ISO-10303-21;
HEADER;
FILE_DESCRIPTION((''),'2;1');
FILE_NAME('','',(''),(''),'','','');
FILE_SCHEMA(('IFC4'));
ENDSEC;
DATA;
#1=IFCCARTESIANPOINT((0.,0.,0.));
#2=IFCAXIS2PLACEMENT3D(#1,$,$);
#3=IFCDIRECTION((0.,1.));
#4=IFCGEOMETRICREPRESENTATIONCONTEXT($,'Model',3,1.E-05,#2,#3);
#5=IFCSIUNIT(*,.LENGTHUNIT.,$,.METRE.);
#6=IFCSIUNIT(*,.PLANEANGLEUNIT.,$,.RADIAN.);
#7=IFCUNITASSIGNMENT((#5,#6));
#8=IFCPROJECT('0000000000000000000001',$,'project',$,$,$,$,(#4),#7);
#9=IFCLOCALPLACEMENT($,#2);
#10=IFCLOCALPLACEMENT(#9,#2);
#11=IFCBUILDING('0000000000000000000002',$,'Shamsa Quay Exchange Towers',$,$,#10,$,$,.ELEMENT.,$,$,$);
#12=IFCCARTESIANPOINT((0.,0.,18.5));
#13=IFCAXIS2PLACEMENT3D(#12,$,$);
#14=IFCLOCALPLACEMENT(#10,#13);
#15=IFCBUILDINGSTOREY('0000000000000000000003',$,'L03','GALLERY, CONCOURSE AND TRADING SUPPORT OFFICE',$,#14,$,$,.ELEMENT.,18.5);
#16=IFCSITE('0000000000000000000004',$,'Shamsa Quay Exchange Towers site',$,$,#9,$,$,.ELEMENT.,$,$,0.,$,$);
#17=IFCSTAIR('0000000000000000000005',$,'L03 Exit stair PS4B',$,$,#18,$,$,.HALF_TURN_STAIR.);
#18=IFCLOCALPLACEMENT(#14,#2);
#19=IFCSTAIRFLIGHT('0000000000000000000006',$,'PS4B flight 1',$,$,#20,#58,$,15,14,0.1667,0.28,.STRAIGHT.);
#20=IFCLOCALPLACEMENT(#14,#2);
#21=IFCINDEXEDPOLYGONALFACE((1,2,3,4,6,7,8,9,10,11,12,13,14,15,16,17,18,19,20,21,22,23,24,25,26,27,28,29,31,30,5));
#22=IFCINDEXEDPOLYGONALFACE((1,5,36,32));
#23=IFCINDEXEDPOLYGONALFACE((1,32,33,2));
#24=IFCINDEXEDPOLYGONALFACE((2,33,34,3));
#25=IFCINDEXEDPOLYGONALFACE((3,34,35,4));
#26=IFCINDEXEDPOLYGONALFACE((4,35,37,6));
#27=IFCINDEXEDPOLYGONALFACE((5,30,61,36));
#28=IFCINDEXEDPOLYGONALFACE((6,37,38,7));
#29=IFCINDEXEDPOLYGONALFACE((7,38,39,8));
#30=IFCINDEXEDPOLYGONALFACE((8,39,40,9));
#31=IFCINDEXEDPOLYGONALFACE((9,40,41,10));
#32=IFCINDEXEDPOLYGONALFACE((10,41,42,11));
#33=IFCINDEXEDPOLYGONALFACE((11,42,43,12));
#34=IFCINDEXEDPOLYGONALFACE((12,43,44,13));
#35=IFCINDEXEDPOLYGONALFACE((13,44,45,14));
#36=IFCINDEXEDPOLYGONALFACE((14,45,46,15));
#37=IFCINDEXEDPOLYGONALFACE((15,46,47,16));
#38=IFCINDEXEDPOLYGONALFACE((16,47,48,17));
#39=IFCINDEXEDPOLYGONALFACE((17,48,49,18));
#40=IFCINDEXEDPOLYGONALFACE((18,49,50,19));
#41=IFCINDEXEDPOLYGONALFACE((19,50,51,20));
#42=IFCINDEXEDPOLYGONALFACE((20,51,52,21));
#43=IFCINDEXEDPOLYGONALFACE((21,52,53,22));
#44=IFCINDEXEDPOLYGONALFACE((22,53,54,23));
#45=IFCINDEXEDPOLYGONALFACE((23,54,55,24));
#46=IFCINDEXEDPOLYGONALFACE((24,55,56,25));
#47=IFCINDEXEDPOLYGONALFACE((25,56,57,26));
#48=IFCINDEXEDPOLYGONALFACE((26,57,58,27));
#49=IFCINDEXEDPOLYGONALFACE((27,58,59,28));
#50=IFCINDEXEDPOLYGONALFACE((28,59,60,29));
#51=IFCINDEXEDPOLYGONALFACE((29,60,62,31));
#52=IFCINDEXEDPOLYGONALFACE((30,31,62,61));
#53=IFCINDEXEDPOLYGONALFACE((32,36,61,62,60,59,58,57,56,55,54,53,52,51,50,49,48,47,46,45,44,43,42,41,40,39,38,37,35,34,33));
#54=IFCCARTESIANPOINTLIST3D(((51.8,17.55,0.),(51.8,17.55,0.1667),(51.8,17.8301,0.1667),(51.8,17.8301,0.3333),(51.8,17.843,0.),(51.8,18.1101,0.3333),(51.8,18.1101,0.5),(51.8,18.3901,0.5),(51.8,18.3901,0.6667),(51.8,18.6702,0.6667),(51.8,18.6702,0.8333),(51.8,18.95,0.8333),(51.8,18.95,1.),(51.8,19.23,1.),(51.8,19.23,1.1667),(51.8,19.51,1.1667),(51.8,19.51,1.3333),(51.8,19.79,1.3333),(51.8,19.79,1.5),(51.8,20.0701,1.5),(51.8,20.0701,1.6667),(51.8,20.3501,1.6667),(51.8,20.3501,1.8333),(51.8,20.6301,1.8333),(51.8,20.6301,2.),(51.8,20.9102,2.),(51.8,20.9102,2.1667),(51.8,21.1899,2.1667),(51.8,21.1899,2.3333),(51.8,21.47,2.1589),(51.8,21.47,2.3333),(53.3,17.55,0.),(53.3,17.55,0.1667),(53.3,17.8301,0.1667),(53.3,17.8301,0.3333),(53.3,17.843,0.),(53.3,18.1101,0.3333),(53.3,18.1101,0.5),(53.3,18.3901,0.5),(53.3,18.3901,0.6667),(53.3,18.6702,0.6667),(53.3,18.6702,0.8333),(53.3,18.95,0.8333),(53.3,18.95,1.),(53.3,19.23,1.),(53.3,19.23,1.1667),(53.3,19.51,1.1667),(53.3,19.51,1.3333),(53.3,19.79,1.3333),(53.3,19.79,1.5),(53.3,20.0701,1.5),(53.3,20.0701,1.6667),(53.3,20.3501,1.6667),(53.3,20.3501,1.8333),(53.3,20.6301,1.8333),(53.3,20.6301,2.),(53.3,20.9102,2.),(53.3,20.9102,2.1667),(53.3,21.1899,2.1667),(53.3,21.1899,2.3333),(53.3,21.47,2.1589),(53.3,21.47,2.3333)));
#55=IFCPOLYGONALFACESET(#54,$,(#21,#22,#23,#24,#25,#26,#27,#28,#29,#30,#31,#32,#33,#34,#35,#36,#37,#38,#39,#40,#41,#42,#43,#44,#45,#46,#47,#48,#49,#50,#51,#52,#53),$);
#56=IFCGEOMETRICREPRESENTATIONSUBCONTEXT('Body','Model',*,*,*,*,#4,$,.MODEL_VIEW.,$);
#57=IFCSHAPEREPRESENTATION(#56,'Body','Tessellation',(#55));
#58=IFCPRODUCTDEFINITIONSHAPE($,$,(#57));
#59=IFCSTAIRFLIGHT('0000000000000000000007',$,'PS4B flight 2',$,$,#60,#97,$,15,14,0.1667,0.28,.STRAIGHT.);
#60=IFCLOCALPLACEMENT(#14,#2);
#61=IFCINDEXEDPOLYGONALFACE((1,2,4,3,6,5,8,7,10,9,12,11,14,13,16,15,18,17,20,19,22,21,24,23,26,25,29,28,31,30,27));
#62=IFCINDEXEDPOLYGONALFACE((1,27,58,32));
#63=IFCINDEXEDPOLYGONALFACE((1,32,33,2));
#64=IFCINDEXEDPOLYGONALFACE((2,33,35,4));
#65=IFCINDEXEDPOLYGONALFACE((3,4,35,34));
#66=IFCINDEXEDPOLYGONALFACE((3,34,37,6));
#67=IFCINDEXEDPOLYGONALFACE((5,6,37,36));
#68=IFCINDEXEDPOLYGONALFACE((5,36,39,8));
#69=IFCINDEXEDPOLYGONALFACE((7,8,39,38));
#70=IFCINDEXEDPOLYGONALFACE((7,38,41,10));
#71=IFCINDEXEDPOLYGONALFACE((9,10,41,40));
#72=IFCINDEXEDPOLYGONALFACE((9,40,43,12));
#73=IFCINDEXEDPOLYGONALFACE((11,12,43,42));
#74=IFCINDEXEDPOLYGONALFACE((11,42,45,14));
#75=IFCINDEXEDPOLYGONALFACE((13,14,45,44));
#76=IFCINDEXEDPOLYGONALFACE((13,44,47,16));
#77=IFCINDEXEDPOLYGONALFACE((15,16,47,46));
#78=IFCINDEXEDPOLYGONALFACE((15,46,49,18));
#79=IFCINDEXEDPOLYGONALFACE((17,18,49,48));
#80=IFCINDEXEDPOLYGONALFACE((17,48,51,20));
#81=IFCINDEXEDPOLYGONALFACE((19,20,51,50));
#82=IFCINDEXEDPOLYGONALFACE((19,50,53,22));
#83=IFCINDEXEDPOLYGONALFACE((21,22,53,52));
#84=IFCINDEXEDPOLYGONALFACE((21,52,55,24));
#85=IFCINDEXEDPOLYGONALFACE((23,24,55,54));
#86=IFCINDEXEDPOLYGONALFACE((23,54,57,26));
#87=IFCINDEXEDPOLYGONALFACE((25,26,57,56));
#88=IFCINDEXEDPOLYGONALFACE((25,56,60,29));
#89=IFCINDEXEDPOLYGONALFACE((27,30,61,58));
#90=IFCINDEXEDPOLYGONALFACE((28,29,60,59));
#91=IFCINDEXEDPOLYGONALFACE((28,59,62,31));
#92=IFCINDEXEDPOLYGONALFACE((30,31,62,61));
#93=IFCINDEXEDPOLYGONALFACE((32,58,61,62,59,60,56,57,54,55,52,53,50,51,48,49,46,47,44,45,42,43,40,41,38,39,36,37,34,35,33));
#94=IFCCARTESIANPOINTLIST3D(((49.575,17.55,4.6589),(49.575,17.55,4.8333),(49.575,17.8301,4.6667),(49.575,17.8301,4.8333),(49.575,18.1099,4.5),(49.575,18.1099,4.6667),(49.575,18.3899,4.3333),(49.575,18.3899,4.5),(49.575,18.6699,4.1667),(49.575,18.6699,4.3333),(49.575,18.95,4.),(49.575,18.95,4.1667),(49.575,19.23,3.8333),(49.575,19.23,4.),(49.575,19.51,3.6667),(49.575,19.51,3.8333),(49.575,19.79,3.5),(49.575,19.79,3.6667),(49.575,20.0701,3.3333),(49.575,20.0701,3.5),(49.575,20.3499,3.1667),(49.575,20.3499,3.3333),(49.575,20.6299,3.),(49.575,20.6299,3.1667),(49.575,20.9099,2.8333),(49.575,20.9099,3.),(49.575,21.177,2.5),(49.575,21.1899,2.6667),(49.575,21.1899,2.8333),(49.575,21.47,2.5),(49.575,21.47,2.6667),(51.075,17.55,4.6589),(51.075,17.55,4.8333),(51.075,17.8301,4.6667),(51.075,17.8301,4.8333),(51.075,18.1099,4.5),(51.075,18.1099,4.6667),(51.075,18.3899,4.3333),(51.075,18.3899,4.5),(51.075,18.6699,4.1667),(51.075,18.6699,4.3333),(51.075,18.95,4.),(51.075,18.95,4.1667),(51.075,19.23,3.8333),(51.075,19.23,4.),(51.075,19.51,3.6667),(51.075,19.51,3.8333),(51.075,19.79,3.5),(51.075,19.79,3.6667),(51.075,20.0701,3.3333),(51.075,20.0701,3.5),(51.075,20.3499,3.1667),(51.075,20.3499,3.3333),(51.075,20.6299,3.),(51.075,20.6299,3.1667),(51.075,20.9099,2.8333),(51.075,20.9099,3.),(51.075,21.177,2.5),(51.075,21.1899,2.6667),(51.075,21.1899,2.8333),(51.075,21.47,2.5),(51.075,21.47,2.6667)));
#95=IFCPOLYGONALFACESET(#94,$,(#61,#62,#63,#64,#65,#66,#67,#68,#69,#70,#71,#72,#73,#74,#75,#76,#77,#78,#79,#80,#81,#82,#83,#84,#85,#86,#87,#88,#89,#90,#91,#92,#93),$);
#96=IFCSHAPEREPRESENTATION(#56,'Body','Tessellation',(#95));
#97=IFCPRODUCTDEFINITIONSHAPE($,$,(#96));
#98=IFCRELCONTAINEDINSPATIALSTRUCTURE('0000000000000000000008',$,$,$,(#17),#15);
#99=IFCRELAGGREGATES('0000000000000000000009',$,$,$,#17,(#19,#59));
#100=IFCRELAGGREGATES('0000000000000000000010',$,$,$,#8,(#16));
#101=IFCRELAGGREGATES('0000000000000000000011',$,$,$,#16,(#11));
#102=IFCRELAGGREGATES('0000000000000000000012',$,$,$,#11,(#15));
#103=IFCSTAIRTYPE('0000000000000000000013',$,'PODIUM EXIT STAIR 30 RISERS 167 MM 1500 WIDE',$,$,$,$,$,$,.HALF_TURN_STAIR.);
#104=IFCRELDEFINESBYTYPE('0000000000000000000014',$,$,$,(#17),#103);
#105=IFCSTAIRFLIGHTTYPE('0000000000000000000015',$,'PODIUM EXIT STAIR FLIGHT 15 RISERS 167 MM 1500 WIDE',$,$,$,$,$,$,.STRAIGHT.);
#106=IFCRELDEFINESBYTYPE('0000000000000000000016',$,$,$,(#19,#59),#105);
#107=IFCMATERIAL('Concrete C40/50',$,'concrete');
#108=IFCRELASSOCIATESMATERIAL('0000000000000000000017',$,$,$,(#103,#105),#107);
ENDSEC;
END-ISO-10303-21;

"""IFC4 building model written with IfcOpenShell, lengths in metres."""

from ifc_helpers import new_model, si_unit, direction, frame, origin, place, context, subcontext, project, spatial, polyline, outline, extrude, material, type_object, element, aggregate, save


model = new_model("IFC4")

# Units and contexts
model_context = context("Model", 3, precision=1e-05, world=origin(), true_north=direction((0.0, 1.0)))
body_context = subcontext(model_context, "Body", "Model", "MODEL_VIEW")
ifc_project = project(units=[si_unit("LENGTHUNIT", "METRE"), si_unit("PLANEANGLEUNIT", "RADIAN")], contexts=[model_context])

# Site, building, storey
site_placement = place(None, origin())
site = spatial("IfcSite", under=ifc_project, at=site_placement, Name="Shamsa Quay Exchange Towers site", CompositionType="ELEMENT", RefElevation=0.0)
building_placement = place(site_placement, origin())
building = spatial("IfcBuilding", under=site, at=building_placement, Name="Shamsa Quay Exchange Towers", CompositionType="ELEMENT")
storey_placement = place(building_placement, frame((0.0, 0.0, 18.5)))
storey = spatial("IfcBuildingStorey", under=building, at=storey_placement, Name="L03", Description="GALLERY, CONCOURSE AND TRADING SUPPORT OFFICE", CompositionType="ELEMENT", Elevation=18.5)

# Stair, stair flights
ifc_material_1 = material(Name="Concrete C40/50", Category="concrete")
stair_type = type_object("IfcStairType", Name="PODIUM EXIT STAIR 30 RISERS 167 MM 1500 WIDE", PredefinedType="HALF_TURN_STAIR", material=ifc_material_1)
stair_flight_type = type_object("IfcStairFlightType", Name="PODIUM EXIT STAIR FLIGHT 15 RISERS 167 MM 1500 WIDE", PredefinedType="STRAIGHT", material=ifc_material_1)
stair_1_placement = place(storey_placement, origin())
stair_1 = element("IfcStair", 1, at=stair_1_placement, inside=storey, type_object=stair_type, Name="L03 Exit stair PS4B", PredefinedType="HALF_TURN_STAIR")
stair_flight_1_placement = place(storey_placement, frame((52.55, 17.55, 0.0), z_axis=(0.0, 0.0, 1.0), x_axis=(0.0, 1.0, 0.0)))
stair_flight_1 = element("IfcStairFlight", 2, at=stair_flight_1_placement, type_object=stair_flight_type, Name="PS4B flight 1", NumberOfRisers=15, NumberOfTreads=14, PredefinedType="STRAIGHT", RiserHeight=0.1667, TreadLength=0.28, context=body_context, shape_type="SweptSolid", body=[
    extrude(outline(polyline([(0.0, 0.0), (0.0, 0.1667), (0.28, 0.1667), (0.28, 0.3333), (0.5601, 0.3333), (0.5601, 0.5), (0.8401, 0.5), (0.8401, 0.6667), (1.1201, 0.6667), (1.1201, 0.8333), (1.3999, 0.8333), (1.3999, 1.0), (1.6799, 1.0), (1.6799, 1.1667), (1.96, 1.1667), (1.96, 1.3333), (2.24, 1.3333), (2.24, 1.5), (2.52, 1.5), (2.52, 1.6667), (2.8, 1.6667), (2.8, 1.8333), (3.0801, 1.8333), (3.0801, 2.0), (3.3601, 2.0), (3.3601, 2.1667), (3.6399, 2.1667), (3.6399, 2.3333), (3.9199, 2.3333), (3.9199, 2.5), (3.9199, 2.1589), (0.293, 0.0), (0.0, 0.0)])), frame((0.0, 0.75, 0.0), z_axis=(0.0, -1.0, 0.0), x_axis=(1.0, 0.0, 0.0)), (0.0, 0.0, 1.0), 1.5),
])
stair_flight_2_placement = place(storey_placement, frame((50.325, 21.47, 2.5), z_axis=(0.0, 0.0, 1.0), x_axis=(0.0, -1.0, 0.0)))
stair_flight_2 = element("IfcStairFlight", 3, at=stair_flight_2_placement, type_object=stair_flight_type, Name="PS4B flight 2", NumberOfRisers=15, NumberOfTreads=14, PredefinedType="STRAIGHT", RiserHeight=0.1667, TreadLength=0.28, context=body_context, shape_type="SweptSolid", body=[
    extrude(outline(polyline([(0.0, 0.0), (0.0, 0.1667), (0.28, 0.1667), (0.28, 0.3333), (0.5601, 0.3333), (0.5601, 0.5), (0.8401, 0.5), (0.8401, 0.6667), (1.1201, 0.6667), (1.1201, 0.8333), (1.3999, 0.8333), (1.3999, 1.0), (1.6799, 1.0), (1.6799, 1.1667), (1.96, 1.1667), (1.96, 1.3333), (2.24, 1.3333), (2.24, 1.5), (2.52, 1.5), (2.52, 1.6667), (2.8, 1.6667), (2.8, 1.8333), (3.0801, 1.8333), (3.0801, 2.0), (3.3601, 2.0), (3.3601, 2.1667), (3.6399, 2.1667), (3.6399, 2.3333), (3.9199, 2.3333), (3.9199, 2.5), (3.9199, 2.1589), (0.293, 0.0), (0.0, 0.0)])), frame((0.0, 0.75, 0.0), z_axis=(0.0, -1.0, 0.0), x_axis=(1.0, 0.0, 0.0)), (0.0, 0.0, 1.0), 1.5),
])
aggregate(stair_1, [stair_flight_1, stair_flight_2])

save(model, "model.ifc")
